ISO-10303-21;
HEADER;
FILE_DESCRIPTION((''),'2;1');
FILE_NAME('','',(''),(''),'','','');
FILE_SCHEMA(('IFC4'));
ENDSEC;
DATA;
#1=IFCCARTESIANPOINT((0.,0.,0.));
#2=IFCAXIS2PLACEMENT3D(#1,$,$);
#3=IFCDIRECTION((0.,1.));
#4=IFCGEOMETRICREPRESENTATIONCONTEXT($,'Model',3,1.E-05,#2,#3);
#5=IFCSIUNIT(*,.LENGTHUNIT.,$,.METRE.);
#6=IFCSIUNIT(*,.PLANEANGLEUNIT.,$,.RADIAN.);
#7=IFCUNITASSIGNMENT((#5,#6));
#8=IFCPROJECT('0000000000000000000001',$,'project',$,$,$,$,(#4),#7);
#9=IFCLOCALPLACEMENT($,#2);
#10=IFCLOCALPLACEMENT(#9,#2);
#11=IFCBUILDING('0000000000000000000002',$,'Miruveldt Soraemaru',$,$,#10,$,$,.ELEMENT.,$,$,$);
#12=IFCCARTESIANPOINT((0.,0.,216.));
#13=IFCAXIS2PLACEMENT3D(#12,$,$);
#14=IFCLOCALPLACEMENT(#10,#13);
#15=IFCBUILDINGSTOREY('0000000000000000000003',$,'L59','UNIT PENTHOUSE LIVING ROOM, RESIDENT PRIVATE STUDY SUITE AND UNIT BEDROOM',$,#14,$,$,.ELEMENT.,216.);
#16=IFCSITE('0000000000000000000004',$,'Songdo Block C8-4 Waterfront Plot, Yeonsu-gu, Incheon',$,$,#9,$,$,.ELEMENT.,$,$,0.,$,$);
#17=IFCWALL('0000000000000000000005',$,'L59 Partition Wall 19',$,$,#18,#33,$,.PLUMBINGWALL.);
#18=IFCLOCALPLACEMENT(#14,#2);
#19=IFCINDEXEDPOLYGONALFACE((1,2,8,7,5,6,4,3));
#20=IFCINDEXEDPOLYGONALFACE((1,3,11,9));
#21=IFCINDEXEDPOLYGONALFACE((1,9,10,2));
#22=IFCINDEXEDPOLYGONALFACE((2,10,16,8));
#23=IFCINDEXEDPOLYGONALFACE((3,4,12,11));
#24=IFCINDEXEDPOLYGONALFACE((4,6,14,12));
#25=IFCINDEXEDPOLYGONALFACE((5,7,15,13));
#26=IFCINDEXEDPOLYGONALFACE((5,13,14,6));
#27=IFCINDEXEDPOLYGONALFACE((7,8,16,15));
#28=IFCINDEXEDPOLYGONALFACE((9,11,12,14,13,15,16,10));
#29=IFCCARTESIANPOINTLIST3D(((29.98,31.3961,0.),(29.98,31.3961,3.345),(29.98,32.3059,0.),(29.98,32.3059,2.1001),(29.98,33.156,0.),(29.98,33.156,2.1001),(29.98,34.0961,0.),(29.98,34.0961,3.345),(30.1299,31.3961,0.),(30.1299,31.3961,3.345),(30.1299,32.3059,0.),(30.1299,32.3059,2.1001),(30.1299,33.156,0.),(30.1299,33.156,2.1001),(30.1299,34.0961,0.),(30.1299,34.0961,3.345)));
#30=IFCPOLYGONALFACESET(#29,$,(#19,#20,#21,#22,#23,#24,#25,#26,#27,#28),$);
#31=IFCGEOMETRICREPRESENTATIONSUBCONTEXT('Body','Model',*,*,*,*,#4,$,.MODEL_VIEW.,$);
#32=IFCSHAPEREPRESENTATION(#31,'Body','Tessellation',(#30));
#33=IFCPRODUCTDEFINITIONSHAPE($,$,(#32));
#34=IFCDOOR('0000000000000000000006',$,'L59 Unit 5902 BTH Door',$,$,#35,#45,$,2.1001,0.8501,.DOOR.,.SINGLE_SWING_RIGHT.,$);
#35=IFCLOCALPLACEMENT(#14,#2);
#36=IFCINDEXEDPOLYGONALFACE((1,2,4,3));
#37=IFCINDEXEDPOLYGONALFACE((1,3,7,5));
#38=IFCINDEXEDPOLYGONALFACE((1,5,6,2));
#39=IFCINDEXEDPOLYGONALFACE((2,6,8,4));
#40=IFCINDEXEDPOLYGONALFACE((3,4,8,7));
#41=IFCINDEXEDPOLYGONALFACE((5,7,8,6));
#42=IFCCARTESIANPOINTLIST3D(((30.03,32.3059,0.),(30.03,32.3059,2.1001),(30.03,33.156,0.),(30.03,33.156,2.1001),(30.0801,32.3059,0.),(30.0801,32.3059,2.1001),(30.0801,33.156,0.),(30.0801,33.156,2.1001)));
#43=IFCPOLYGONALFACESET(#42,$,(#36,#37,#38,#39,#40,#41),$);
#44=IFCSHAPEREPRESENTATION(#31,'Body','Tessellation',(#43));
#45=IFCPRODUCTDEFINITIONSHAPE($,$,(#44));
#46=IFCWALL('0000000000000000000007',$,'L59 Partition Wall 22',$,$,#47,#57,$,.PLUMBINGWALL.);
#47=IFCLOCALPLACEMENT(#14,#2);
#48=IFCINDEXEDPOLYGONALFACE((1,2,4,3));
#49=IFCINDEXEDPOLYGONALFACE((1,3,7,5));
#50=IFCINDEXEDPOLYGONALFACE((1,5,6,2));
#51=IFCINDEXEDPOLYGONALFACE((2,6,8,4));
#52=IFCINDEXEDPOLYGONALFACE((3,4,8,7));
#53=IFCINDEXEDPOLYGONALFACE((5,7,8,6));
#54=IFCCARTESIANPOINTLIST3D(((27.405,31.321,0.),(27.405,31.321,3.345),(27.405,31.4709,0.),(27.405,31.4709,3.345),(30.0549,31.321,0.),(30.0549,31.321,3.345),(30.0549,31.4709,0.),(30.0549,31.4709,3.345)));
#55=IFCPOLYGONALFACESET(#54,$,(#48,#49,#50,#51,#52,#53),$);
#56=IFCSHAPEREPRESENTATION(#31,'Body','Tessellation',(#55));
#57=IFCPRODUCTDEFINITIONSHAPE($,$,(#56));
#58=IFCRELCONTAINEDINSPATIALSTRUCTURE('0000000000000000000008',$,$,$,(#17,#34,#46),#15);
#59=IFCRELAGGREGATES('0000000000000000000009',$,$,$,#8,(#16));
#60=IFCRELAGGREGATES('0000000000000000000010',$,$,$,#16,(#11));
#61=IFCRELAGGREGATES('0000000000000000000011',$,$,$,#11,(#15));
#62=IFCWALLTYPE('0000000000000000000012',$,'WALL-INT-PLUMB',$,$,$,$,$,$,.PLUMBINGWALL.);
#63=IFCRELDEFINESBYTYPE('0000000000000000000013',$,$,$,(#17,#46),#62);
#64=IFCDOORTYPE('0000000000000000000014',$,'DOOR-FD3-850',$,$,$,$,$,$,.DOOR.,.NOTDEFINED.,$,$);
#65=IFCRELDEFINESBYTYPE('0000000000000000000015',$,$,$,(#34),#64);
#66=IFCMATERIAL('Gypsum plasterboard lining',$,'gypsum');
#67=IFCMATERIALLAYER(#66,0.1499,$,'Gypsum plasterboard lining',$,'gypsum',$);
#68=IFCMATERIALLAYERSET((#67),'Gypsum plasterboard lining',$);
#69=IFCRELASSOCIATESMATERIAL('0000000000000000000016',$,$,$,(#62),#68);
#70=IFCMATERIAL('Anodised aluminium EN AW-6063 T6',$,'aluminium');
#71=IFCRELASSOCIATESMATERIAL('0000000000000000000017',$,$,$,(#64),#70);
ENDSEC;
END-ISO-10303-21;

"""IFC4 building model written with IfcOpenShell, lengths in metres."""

from ifc_helpers import new_model, si_unit, direction, frame, frame_2d, origin, place, context, subcontext, project, spatial, rectangle, extrude, material, layer, layer_set, type_object, element, fill, save


model = new_model("IFC4")

# Units and contexts
model_context = context("Model", 3, precision=1e-05, world=origin(), true_north=direction((0.0, 1.0)))
body_context = subcontext(model_context, "Body", "Model", "MODEL_VIEW")
ifc_project = project(units=[si_unit("LENGTHUNIT", "METRE"), si_unit("PLANEANGLEUNIT", "RADIAN")], contexts=[model_context])

# Site, building, storey
site_placement = place(None, origin())
site = spatial("IfcSite", under=ifc_project, at=site_placement, Name="Songdo Block C8-4 Waterfront Plot, Yeonsu-gu, Incheon", CompositionType="ELEMENT", RefElevation=0.0)
building_placement = place(site_placement, origin())
building = spatial("IfcBuilding", under=site, at=building_placement, Name="Miruveldt Soraemaru", CompositionType="ELEMENT")
storey_placement = place(building_placement, frame((0.0, 0.0, 216.0)))
storey = spatial("IfcBuildingStorey", under=building, at=storey_placement, Name="L59", Description="UNIT PENTHOUSE LIVING ROOM, RESIDENT PRIVATE STUDY SUITE AND UNIT BEDROOM", CompositionType="ELEMENT", Elevation=216.0)

# Wall, opening, door
ifc_material_1 = material(Name="Gypsum plasterboard lining", Category="gypsum")
ifc_layer_1 = layer(ifc_material_1, 0.1499, Name="Gypsum plasterboard lining", Category="gypsum")
ifc_layer_set_1 = layer_set([ifc_layer_1], Name="Gypsum plasterboard lining")
wall_type_1 = type_object("IfcWallType", Name="WALL-INT-PLUMB", PredefinedType="PLUMBINGWALL", material=ifc_layer_set_1)
wall_1_placement = place(storey_placement, frame((30.0549, 31.396, 0.0), z_axis=(0.0, 0.0, 1.0), x_axis=(0.0, 1.0, 0.0)))
wall_1 = element("IfcWall", 1, at=wall_1_placement, inside=storey, type_object=wall_type_1, Name="L59 Partition Wall 19", PredefinedType="PLUMBINGWALL", context=body_context, shape_type="SweptSolid", body=[
    extrude(rectangle(XDim=2.7, YDim=0.1499, at=frame_2d((1.3501, 0.0))), origin(), (0.0, 0.0, 1.0), 3.345),
])
opening_1_placement = place(wall_1_placement, frame((0.9099, 0.0, 0.0)))
opening_1 = element("IfcOpeningElement", 2, at=opening_1_placement, cuts=wall_1, PredefinedType="OPENING", context=body_context, shape_type="SweptSolid", body=[
    extrude(rectangle(XDim=0.8501, YDim=2.1001, at=frame_2d((0.425, 1.05))), frame((0.0, 0.085, 0.0), z_axis=(0.0, -1.0, 0.0), x_axis=(1.0, 0.0, 0.0)), (0.0, 0.0, 1.0), 0.1699),
])
ifc_material_2 = material(Name="Anodised aluminium EN AW-6063 T6", Category="aluminium")
door_type = type_object("IfcDoorType", Name="DOOR-FD3-850", OperationType="NOTDEFINED", PredefinedType="DOOR", material=ifc_material_2)
door_placement = place(opening_1_placement, origin())
door = element("IfcDoor", 3, at=door_placement, inside=storey, type_object=door_type, Name="L59 Unit 5902 BTH Door", OperationType="SINGLE_SWING_RIGHT", OverallHeight=2.1001, OverallWidth=0.8501, PredefinedType="DOOR", context=body_context, shape_type="SweptSolid", body=[
    extrude(rectangle(XDim=0.8501, YDim=2.1001, at=frame_2d((0.425, 1.05))), frame((0.0, 0.0249, 0.0), z_axis=(0.0, -1.0, 0.0), x_axis=(1.0, 0.0, 0.0)), (0.0, 0.0, 1.0), 0.05),
])
fill(opening_1, door)

# Wall
wall_2_placement = place(storey_placement, frame((27.405, 31.396, 0.0), z_axis=(0.0, 0.0, 1.0), x_axis=(1.0, 0.0, 0.0)))
element("IfcWall", 4, at=wall_2_placement, inside=storey, type_object=wall_type_1, Name="L59 Partition Wall 22", PredefinedType="PLUMBINGWALL", context=body_context, shape_type="SweptSolid", body=[
    extrude(rectangle(XDim=2.6499, YDim=0.1499, at=frame_2d((1.325, 0.0))), origin(), (0.0, 0.0, 1.0), 3.345),
])

save(model, "model.ifc")
